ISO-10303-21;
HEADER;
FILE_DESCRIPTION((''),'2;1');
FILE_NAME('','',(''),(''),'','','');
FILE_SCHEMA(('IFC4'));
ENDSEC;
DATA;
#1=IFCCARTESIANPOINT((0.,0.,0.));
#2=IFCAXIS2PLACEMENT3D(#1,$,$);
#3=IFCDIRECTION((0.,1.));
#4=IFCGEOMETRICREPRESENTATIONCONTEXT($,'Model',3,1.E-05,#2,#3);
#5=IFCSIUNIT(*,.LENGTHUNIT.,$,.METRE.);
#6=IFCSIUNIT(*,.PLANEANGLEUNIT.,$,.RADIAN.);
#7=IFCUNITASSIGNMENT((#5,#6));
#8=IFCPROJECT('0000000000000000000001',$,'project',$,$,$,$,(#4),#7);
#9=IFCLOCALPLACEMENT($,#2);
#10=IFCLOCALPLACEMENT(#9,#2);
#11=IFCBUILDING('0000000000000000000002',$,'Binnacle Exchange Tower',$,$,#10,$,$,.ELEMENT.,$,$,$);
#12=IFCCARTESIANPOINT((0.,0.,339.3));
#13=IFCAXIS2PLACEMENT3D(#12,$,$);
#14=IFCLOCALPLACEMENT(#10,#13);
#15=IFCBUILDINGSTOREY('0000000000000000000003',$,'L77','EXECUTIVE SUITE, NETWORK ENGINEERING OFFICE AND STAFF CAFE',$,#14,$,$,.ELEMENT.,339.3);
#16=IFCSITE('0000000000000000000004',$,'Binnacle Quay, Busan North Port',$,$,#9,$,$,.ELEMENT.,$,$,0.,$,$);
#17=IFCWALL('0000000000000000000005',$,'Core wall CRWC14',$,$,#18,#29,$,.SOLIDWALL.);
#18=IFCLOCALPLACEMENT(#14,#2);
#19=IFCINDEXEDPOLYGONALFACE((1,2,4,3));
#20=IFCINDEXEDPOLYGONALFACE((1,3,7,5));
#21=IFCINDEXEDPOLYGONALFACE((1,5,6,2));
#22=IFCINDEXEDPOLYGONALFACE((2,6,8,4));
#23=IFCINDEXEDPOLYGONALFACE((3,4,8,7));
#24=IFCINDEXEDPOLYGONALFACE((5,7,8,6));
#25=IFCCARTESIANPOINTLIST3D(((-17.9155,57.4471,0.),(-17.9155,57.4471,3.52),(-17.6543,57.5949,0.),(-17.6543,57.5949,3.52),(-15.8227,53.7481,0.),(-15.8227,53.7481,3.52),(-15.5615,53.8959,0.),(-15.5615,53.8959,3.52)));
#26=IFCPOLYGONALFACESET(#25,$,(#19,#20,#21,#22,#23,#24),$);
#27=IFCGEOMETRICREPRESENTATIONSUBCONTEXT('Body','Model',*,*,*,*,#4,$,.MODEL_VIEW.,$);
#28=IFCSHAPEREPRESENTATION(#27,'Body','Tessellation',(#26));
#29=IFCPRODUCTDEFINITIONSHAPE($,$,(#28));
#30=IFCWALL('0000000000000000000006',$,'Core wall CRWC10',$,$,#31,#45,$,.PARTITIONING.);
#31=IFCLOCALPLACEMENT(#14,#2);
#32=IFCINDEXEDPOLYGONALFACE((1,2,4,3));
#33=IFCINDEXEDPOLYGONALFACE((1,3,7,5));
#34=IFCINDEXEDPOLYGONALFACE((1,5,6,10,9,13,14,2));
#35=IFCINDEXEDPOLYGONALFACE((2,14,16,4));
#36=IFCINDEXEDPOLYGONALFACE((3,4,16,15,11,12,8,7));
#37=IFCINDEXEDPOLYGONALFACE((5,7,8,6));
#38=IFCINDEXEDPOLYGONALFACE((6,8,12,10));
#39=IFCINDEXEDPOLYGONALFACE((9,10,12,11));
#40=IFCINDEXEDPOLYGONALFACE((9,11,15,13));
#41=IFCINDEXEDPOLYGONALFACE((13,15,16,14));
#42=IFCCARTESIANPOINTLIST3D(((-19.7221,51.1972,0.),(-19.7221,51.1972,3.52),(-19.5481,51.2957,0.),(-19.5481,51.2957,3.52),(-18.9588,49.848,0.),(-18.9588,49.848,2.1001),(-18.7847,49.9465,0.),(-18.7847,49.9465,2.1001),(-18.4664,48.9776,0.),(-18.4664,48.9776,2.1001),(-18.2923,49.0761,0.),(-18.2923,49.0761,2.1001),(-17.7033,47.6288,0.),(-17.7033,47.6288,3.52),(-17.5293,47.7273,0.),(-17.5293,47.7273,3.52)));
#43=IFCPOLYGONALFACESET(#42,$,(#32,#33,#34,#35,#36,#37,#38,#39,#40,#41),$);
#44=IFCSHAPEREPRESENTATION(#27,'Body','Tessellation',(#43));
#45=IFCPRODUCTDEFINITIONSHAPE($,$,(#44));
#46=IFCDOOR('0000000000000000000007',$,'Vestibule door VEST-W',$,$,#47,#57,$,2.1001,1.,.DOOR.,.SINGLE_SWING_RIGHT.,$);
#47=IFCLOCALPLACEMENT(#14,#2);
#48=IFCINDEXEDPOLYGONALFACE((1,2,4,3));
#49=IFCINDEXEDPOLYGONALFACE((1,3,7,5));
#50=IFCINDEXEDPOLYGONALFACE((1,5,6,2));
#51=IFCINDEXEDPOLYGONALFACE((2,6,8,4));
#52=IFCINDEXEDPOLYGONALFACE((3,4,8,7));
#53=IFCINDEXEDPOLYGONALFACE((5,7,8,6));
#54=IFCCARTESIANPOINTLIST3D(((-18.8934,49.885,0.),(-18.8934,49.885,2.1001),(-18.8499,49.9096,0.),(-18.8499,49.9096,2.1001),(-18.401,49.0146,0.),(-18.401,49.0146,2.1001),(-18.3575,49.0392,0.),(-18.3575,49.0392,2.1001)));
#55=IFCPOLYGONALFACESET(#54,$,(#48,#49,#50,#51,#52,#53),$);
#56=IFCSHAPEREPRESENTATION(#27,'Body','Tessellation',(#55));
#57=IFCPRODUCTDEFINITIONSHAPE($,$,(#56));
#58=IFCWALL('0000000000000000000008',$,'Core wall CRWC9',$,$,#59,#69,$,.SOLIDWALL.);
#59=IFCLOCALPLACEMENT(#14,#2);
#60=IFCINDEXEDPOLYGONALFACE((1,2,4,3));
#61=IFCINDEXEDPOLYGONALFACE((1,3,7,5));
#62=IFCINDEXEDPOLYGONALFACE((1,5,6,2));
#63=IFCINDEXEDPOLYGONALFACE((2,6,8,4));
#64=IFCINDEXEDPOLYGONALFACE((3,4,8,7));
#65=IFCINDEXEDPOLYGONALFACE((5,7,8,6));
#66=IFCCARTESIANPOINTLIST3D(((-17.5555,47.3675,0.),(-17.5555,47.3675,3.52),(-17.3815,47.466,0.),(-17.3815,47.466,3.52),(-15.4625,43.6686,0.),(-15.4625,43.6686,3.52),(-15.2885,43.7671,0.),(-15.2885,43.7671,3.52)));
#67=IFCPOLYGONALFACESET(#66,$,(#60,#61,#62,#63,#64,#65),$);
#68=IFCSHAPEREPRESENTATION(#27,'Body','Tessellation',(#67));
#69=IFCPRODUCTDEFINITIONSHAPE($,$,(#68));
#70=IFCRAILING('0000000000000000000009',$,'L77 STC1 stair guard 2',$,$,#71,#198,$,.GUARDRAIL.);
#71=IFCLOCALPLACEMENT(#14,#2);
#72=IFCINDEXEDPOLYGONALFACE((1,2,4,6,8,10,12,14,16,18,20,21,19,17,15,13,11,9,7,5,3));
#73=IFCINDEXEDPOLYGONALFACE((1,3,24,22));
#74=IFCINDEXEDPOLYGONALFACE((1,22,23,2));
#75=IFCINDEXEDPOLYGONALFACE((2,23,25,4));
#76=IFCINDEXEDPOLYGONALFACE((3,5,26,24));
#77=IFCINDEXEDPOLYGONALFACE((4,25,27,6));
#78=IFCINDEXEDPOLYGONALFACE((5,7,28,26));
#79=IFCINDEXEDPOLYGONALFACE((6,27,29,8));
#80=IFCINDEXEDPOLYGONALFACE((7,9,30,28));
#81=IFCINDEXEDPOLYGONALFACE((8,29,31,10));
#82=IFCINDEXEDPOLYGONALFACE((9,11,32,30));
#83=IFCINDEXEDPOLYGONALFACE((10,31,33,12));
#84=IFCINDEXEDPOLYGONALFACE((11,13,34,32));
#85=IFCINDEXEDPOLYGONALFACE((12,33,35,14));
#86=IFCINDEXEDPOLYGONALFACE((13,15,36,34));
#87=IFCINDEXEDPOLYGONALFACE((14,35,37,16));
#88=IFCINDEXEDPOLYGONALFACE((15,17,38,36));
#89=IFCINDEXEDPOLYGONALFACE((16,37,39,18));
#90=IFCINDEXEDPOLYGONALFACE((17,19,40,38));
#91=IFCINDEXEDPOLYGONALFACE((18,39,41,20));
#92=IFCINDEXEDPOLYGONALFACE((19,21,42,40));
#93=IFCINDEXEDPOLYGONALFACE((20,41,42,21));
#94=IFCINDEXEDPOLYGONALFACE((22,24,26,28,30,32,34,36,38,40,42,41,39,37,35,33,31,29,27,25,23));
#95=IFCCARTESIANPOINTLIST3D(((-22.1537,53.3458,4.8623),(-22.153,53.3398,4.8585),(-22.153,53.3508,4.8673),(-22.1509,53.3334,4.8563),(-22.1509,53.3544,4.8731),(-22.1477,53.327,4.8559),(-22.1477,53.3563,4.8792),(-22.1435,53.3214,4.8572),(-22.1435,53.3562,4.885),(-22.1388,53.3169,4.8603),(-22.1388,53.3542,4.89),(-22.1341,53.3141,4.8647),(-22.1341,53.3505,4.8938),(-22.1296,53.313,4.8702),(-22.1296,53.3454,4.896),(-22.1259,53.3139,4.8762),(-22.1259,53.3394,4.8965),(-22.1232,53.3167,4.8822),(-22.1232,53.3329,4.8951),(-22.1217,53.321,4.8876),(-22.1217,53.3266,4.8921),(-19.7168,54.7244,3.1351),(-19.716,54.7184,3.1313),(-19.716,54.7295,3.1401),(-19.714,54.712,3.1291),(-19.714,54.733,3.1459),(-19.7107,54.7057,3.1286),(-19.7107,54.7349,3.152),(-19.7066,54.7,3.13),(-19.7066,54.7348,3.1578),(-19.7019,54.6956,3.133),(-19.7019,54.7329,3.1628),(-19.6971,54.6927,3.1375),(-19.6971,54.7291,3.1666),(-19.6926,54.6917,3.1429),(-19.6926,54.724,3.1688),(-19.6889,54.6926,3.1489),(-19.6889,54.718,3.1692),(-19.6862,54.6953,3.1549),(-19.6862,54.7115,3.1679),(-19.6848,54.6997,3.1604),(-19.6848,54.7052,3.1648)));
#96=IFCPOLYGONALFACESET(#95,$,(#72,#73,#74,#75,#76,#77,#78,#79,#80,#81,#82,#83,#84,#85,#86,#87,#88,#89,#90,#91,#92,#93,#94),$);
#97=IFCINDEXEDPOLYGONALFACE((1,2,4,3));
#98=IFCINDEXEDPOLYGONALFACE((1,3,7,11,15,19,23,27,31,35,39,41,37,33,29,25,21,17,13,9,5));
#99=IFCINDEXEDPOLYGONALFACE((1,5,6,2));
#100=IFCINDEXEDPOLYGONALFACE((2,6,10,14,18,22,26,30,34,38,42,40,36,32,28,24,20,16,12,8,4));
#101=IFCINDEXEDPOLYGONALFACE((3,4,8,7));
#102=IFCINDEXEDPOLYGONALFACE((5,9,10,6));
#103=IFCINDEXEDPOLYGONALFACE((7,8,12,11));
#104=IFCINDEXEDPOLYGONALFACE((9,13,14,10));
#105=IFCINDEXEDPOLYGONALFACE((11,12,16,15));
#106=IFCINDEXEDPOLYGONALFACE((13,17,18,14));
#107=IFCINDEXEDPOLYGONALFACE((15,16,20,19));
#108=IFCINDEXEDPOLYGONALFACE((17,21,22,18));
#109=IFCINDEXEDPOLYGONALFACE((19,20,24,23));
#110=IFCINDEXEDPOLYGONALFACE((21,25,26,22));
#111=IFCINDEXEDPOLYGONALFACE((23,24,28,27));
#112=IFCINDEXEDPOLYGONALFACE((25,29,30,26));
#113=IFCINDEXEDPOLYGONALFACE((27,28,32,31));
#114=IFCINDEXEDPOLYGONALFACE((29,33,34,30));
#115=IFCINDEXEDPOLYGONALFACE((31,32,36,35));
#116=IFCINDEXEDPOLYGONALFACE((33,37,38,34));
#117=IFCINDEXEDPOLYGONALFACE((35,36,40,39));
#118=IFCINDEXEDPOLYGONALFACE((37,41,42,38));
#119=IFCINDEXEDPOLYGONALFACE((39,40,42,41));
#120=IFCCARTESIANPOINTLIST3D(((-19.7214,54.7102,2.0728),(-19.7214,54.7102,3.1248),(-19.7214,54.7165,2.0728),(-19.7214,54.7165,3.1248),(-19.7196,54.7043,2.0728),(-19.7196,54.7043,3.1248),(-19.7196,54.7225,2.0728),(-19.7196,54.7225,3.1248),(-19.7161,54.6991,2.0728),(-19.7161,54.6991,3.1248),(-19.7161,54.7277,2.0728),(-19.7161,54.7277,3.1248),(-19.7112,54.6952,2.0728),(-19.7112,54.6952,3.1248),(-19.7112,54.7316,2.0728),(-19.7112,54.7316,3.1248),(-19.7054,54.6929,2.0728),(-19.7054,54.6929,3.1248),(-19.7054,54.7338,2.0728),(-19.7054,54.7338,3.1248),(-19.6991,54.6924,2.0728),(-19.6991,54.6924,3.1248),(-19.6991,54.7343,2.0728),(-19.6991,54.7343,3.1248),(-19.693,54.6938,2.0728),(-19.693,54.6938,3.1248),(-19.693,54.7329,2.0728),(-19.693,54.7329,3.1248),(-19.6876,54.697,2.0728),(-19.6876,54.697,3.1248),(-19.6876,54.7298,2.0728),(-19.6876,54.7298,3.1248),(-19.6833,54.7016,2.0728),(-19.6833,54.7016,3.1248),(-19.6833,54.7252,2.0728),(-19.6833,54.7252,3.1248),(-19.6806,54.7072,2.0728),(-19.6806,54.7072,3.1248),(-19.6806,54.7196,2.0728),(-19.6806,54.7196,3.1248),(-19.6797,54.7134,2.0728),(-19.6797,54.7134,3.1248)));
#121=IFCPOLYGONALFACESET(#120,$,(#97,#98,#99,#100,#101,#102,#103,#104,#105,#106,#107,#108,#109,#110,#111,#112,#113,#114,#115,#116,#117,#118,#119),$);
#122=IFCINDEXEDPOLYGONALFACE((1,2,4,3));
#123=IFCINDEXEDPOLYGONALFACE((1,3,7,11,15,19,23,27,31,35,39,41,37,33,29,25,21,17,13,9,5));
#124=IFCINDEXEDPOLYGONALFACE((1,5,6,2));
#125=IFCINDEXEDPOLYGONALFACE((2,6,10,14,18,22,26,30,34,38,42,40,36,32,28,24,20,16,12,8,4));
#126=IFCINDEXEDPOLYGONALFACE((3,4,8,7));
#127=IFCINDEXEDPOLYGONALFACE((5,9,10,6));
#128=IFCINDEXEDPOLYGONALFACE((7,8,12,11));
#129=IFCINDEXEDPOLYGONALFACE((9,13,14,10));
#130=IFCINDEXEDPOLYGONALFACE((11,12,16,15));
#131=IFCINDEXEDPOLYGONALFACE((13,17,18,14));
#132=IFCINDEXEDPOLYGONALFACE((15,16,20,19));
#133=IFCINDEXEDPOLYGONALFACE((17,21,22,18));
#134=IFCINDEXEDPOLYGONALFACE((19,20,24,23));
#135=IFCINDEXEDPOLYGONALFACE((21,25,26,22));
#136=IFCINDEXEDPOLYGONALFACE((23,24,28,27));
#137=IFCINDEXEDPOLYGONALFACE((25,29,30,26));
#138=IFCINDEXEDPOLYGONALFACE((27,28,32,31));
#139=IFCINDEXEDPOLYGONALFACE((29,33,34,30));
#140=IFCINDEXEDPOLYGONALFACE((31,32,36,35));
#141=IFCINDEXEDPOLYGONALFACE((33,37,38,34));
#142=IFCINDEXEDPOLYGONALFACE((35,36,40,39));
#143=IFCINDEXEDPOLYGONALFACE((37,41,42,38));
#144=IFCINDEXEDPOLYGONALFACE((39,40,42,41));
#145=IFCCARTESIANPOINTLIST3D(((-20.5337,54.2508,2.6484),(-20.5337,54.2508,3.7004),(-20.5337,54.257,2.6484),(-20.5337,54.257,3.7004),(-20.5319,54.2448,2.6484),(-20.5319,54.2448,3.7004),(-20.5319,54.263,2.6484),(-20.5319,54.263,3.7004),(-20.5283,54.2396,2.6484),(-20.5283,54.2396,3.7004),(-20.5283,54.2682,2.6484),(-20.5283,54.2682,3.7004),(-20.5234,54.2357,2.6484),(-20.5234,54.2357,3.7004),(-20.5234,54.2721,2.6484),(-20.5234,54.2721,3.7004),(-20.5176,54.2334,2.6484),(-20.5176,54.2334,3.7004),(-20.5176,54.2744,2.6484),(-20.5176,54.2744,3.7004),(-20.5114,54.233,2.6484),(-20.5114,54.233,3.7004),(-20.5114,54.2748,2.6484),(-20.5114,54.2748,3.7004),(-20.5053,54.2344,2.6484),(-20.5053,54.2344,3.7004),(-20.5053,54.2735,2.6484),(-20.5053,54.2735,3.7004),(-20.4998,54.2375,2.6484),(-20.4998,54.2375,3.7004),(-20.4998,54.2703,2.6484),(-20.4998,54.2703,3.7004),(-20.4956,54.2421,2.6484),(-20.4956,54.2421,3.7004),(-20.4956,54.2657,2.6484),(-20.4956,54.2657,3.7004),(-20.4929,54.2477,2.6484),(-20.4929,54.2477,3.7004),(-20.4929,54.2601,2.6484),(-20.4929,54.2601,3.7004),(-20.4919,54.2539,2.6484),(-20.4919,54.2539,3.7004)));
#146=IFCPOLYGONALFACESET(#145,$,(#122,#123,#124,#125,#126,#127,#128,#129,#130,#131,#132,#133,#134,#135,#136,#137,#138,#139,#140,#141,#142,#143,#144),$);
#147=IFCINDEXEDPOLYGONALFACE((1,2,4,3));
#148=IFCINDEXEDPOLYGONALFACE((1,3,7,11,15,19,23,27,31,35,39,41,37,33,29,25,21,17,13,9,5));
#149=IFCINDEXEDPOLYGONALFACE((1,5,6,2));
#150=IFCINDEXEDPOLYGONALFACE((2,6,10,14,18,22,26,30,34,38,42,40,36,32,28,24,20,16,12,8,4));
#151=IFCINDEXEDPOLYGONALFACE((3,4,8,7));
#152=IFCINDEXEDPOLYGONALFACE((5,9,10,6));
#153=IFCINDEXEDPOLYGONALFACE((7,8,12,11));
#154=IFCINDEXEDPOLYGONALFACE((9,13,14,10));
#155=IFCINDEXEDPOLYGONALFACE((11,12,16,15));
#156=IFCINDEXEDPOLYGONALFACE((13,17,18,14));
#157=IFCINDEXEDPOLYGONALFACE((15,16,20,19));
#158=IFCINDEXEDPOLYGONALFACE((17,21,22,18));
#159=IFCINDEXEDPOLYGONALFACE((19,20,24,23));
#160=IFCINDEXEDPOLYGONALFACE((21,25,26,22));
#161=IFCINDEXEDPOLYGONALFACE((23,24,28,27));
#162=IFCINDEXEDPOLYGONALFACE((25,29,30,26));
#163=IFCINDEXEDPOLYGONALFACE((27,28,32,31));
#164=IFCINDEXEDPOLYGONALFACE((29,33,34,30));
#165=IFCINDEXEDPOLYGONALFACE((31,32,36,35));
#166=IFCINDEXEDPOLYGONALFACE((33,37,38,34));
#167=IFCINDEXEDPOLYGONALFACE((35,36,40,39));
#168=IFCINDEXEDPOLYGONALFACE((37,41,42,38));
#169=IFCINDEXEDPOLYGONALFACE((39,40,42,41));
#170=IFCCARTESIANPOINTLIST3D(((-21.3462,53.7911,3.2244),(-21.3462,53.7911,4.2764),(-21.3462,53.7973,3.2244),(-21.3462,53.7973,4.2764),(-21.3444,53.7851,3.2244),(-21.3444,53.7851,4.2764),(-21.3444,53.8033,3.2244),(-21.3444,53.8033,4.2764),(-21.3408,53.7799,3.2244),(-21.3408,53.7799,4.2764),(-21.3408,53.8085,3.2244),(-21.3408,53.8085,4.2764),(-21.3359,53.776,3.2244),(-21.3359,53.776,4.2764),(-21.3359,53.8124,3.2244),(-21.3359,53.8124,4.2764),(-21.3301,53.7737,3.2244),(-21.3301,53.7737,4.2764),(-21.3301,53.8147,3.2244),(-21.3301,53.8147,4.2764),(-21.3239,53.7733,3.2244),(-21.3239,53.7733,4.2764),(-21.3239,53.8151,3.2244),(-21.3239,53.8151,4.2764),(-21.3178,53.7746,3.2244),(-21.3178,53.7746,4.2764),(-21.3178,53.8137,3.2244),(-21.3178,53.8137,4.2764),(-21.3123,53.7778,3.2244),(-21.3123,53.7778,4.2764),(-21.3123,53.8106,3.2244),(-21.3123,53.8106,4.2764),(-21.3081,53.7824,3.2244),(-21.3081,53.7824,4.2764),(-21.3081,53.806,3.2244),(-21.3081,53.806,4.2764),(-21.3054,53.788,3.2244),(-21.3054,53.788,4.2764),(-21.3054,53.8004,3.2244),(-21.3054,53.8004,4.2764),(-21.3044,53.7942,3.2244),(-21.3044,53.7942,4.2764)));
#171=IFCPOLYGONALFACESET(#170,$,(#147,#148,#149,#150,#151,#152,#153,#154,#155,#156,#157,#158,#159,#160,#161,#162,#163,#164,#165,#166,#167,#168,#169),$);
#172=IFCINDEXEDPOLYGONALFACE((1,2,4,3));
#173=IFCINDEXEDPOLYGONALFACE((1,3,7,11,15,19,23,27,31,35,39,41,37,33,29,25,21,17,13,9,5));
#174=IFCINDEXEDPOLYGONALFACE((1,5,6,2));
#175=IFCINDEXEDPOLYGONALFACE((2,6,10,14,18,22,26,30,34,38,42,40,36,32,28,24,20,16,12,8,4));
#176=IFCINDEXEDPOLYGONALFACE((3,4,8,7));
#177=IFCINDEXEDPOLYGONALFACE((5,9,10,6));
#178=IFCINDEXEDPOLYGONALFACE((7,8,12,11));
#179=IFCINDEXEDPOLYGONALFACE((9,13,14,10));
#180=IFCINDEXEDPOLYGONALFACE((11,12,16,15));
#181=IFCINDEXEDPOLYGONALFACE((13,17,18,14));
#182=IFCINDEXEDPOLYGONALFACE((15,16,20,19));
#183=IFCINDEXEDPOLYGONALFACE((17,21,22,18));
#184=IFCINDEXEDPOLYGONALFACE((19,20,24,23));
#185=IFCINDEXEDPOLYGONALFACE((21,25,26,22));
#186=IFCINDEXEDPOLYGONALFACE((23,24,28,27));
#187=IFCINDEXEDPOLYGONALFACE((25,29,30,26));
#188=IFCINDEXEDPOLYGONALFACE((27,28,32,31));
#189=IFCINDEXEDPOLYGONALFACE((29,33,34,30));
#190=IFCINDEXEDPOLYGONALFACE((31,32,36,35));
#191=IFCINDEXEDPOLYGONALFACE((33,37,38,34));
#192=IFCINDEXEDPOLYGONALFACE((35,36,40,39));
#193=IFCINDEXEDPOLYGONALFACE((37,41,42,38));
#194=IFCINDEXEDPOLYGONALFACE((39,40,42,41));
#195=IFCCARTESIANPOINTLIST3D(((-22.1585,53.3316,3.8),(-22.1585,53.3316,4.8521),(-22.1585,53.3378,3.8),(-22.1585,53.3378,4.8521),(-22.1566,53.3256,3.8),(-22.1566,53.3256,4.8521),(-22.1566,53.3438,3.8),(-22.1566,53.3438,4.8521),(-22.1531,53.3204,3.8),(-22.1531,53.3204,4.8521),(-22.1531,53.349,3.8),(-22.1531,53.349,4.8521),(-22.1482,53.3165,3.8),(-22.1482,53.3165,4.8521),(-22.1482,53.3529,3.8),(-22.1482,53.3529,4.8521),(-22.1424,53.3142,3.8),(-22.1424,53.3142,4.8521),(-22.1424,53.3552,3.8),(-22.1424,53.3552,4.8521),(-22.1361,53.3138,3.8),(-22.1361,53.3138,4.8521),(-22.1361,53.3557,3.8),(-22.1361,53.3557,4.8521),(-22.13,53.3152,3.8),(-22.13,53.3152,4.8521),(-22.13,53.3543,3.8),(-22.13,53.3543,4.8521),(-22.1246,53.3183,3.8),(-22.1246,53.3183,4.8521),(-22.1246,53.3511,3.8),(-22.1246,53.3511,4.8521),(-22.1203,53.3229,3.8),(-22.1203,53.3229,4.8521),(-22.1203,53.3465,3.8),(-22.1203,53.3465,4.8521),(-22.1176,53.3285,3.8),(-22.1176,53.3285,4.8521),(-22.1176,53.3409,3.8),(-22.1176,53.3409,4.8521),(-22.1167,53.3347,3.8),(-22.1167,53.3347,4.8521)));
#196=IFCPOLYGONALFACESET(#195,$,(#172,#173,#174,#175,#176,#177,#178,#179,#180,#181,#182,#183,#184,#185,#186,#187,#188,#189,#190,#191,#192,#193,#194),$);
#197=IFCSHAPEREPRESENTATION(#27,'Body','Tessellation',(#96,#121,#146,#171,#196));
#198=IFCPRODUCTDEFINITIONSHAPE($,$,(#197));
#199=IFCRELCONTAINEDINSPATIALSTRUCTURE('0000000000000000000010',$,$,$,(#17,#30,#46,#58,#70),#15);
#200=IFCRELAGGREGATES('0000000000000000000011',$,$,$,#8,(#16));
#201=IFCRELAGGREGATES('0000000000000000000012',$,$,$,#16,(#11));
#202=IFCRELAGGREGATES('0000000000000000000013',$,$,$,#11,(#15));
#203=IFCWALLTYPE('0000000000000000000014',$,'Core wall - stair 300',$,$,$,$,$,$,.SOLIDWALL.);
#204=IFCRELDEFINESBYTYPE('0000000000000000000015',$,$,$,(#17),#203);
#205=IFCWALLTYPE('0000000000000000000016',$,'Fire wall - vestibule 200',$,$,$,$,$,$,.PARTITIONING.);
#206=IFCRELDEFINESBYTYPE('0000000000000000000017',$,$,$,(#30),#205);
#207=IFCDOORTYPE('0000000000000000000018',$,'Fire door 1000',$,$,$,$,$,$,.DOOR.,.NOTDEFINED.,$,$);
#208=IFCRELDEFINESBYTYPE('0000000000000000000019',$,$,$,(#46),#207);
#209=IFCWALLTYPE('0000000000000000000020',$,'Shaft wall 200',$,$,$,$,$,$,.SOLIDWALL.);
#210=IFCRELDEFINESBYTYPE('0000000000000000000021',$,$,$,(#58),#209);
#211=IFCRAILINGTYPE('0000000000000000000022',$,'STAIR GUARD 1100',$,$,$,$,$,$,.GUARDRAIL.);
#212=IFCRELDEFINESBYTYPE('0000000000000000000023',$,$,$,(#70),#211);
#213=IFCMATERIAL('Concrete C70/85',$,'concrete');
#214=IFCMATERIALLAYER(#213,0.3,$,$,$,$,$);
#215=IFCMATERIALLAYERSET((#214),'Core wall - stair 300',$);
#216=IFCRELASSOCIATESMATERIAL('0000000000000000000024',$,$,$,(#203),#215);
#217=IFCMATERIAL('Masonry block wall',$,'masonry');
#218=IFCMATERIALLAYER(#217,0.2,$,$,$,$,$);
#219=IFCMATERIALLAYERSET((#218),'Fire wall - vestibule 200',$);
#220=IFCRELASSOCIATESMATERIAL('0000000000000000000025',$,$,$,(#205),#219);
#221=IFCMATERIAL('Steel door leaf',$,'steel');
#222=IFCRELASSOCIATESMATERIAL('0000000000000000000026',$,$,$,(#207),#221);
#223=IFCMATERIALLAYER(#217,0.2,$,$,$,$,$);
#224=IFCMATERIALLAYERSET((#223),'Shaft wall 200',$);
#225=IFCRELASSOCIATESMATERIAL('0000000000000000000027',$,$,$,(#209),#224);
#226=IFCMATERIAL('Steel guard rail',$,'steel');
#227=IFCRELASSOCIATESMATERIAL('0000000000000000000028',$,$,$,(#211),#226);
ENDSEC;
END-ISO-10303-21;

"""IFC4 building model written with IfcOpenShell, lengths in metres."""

from ifc_helpers import new_model, si_unit, direction, frame, frame_2d, origin, origin_2d, place, context, subcontext, project, spatial, rectangle, circle, extrude, material, layer, layer_set, type_object, element, fill, save


model = new_model("IFC4")

# Units and contexts
model_context = context("Model", 3, precision=1e-05, world=origin(), true_north=direction((0.0, 1.0)))
body_context = subcontext(model_context, "Body", "Model", "MODEL_VIEW")
ifc_project = project(units=[si_unit("LENGTHUNIT", "METRE"), si_unit("PLANEANGLEUNIT", "RADIAN")], contexts=[model_context])

# Site, building, storey
site_placement = place(None, origin())
site = spatial("IfcSite", under=ifc_project, at=site_placement, Name="Binnacle Quay, Busan North Port", CompositionType="ELEMENT", RefElevation=0.0)
building_placement = place(site_placement, origin())
building = spatial("IfcBuilding", under=site, at=building_placement, Name="Binnacle Exchange Tower", CompositionType="ELEMENT")
storey_placement = place(building_placement, frame((0.0, 0.0, 339.3)))
storey = spatial("IfcBuildingStorey", under=building, at=storey_placement, Name="L77", Description="EXECUTIVE SUITE, NETWORK ENGINEERING OFFICE AND STAFF CAFE", CompositionType="ELEMENT", Elevation=339.3)

# Shared definitions
ifc_material_1 = material(Name="Concrete C70/85", Category="concrete")
ifc_material_2 = material(Name="Steel door leaf", Category="steel")

# Wall
ifc_layer_1 = layer(ifc_material_1, 0.3)
ifc_layer_set_1 = layer_set([ifc_layer_1], Name="Core wall - stair 300")
wall_type_1 = type_object("IfcWallType", Name="Core wall - stair 300", PredefinedType="SOLIDWALL", material=ifc_layer_set_1)
wall_1_placement = place(storey_placement, frame((-17.7849, 57.521, 0.0), z_axis=(0.0, 0.0, 1.0), x_axis=(0.492423, -0.870356, 0.0)))
element("IfcWall", 1, at=wall_1_placement, inside=storey, type_object=wall_type_1, Name="Core wall CRWC14", PredefinedType="SOLIDWALL", context=body_context, shape_type="SweptSolid", body=[
    extrude(rectangle(XDim=4.25, YDim=0.3, at=frame_2d((2.125, 0.0))), origin(), (0.0, 0.0, 1.0), 3.52),
])

# Wall, opening, door
ifc_material_3 = material(Name="Masonry block wall", Category="masonry")
ifc_layer_2 = layer(ifc_material_3, 0.2)
ifc_layer_set_2 = layer_set([ifc_layer_2], Name="Fire wall - vestibule 200")
wall_type_2 = type_object("IfcWallType", Name="Fire wall - vestibule 200", PredefinedType="PARTITIONING", material=ifc_layer_set_2)
wall_2_placement = place(storey_placement, frame((-19.635, 51.2463, 0.0), z_axis=(0.0, 0.0, 1.0), x_axis=(0.492408, -0.870364, 0.0)))
wall_2 = element("IfcWall", 2, at=wall_2_placement, inside=storey, type_object=wall_type_2, Name="Core wall CRWC10", PredefinedType="PARTITIONING", context=body_context, shape_type="SweptSolid", body=[
    extrude(rectangle(XDim=4.0999, YDim=0.2, at=frame_2d((2.0498, 0.0))), origin(), (0.0, 0.0, 1.0), 3.52),
])
opening_1_placement = place(wall_2_placement, frame((1.55, 0.0, 0.0)))
opening_1 = element("IfcOpeningElement", 3, at=opening_1_placement, cuts=wall_2, PredefinedType="OPENING", context=body_context, shape_type="SweptSolid", body=[
    extrude(rectangle(XDim=1.0, YDim=2.1001, at=frame_2d((0.5, 1.05))), frame((0.0, 0.1099, 0.0), z_axis=(0.0, -1.0, 0.0), x_axis=(1.0, 0.0, 0.0)), (0.0, 0.0, 1.0), 0.22),
])
door_type_1 = type_object("IfcDoorType", Name="Fire door 1000", OperationType="NOTDEFINED", PredefinedType="DOOR", material=ifc_material_2)
door_1_placement = place(opening_1_placement, frame((1.0, 0.0, 0.0), z_axis=(0.0, 0.0, 1.0), x_axis=(-1.0, 0.0, 0.0)))
door_1 = element("IfcDoor", 4, at=door_1_placement, inside=storey, type_object=door_type_1, Name="Vestibule door VEST-W", OperationType="SINGLE_SWING_RIGHT", OverallHeight=2.1001, OverallWidth=1.0, PredefinedType="DOOR", context=body_context, shape_type="SweptSolid", body=[
    extrude(rectangle(XDim=1.0, YDim=2.1001, at=frame_2d((0.5, 1.05))), frame((0.0, 0.0249, 0.0), z_axis=(0.0, -1.0, 0.0), x_axis=(1.0, 0.0, 0.0)), (0.0, 0.0, 1.0), 0.05),
])
fill(opening_1, door_1)

# Wall
ifc_layer_3 = layer(ifc_material_3, 0.2)
ifc_layer_set_3 = layer_set([ifc_layer_3], Name="Shaft wall 200")
wall_type_3 = type_object("IfcWallType", Name="Shaft wall 200", PredefinedType="SOLIDWALL", material=ifc_layer_set_3)
wall_3_placement = place(storey_placement, frame((-17.4685, 47.4167, 0.0), z_axis=(0.0, 0.0, 1.0), x_axis=(0.492466, -0.870332, 0.0)))
element("IfcWall", 5, at=wall_3_placement, inside=storey, type_object=wall_type_3, Name="Core wall CRWC9", PredefinedType="SOLIDWALL", context=body_context, shape_type="SweptSolid", body=[
    extrude(rectangle(XDim=4.25, YDim=0.2, at=frame_2d((2.125, 0.0))), origin(), (0.0, 0.0, 1.0), 3.52),
])

# Railing
ifc_material_4 = material(Name="Steel guard rail", Category="steel")
railing_type = type_object("IfcRailingType", Name="STAIR GUARD 1100", PredefinedType="GUARDRAIL", material=ifc_material_4)
railing_placement = place(storey_placement, frame((-19.7007, 54.7134, 2.0728)))
element("IfcRailing", 6, at=railing_placement, inside=storey, type_object=railing_type, Name="L77 STC1 stair guard 2", PredefinedType="GUARDRAIL", context=body_context, shape_type="SweptSolid", body=[
    extrude(circle(Radius=0.0239, at=origin_2d()), frame((0.0, 0.0, 1.0762), z_axis=(-0.740761, -0.419062, 0.525033), x_axis=(0.492388, -0.870376, 0.0)), (0.0, 0.0, 1.0), 3.2898),
    extrude(circle(Radius=0.021, at=origin_2d()), origin(), (0.0, 0.0, 1.0), 1.052),
    extrude(circle(Radius=0.021, at=origin_2d()), frame((-0.8123, -0.4595, 0.5757)), (0.0, 0.0, 1.0), 1.052),
    extrude(circle(Radius=0.021, at=origin_2d()), frame((-1.6248, -0.9192, 1.1516)), (0.0, 0.0, 1.0), 1.052),
    extrude(circle(Radius=0.021, at=origin_2d()), frame((-2.437, -1.3787, 1.7273)), (0.0, 0.0, 1.0), 1.052),
])

save(model, "model.ifc")
